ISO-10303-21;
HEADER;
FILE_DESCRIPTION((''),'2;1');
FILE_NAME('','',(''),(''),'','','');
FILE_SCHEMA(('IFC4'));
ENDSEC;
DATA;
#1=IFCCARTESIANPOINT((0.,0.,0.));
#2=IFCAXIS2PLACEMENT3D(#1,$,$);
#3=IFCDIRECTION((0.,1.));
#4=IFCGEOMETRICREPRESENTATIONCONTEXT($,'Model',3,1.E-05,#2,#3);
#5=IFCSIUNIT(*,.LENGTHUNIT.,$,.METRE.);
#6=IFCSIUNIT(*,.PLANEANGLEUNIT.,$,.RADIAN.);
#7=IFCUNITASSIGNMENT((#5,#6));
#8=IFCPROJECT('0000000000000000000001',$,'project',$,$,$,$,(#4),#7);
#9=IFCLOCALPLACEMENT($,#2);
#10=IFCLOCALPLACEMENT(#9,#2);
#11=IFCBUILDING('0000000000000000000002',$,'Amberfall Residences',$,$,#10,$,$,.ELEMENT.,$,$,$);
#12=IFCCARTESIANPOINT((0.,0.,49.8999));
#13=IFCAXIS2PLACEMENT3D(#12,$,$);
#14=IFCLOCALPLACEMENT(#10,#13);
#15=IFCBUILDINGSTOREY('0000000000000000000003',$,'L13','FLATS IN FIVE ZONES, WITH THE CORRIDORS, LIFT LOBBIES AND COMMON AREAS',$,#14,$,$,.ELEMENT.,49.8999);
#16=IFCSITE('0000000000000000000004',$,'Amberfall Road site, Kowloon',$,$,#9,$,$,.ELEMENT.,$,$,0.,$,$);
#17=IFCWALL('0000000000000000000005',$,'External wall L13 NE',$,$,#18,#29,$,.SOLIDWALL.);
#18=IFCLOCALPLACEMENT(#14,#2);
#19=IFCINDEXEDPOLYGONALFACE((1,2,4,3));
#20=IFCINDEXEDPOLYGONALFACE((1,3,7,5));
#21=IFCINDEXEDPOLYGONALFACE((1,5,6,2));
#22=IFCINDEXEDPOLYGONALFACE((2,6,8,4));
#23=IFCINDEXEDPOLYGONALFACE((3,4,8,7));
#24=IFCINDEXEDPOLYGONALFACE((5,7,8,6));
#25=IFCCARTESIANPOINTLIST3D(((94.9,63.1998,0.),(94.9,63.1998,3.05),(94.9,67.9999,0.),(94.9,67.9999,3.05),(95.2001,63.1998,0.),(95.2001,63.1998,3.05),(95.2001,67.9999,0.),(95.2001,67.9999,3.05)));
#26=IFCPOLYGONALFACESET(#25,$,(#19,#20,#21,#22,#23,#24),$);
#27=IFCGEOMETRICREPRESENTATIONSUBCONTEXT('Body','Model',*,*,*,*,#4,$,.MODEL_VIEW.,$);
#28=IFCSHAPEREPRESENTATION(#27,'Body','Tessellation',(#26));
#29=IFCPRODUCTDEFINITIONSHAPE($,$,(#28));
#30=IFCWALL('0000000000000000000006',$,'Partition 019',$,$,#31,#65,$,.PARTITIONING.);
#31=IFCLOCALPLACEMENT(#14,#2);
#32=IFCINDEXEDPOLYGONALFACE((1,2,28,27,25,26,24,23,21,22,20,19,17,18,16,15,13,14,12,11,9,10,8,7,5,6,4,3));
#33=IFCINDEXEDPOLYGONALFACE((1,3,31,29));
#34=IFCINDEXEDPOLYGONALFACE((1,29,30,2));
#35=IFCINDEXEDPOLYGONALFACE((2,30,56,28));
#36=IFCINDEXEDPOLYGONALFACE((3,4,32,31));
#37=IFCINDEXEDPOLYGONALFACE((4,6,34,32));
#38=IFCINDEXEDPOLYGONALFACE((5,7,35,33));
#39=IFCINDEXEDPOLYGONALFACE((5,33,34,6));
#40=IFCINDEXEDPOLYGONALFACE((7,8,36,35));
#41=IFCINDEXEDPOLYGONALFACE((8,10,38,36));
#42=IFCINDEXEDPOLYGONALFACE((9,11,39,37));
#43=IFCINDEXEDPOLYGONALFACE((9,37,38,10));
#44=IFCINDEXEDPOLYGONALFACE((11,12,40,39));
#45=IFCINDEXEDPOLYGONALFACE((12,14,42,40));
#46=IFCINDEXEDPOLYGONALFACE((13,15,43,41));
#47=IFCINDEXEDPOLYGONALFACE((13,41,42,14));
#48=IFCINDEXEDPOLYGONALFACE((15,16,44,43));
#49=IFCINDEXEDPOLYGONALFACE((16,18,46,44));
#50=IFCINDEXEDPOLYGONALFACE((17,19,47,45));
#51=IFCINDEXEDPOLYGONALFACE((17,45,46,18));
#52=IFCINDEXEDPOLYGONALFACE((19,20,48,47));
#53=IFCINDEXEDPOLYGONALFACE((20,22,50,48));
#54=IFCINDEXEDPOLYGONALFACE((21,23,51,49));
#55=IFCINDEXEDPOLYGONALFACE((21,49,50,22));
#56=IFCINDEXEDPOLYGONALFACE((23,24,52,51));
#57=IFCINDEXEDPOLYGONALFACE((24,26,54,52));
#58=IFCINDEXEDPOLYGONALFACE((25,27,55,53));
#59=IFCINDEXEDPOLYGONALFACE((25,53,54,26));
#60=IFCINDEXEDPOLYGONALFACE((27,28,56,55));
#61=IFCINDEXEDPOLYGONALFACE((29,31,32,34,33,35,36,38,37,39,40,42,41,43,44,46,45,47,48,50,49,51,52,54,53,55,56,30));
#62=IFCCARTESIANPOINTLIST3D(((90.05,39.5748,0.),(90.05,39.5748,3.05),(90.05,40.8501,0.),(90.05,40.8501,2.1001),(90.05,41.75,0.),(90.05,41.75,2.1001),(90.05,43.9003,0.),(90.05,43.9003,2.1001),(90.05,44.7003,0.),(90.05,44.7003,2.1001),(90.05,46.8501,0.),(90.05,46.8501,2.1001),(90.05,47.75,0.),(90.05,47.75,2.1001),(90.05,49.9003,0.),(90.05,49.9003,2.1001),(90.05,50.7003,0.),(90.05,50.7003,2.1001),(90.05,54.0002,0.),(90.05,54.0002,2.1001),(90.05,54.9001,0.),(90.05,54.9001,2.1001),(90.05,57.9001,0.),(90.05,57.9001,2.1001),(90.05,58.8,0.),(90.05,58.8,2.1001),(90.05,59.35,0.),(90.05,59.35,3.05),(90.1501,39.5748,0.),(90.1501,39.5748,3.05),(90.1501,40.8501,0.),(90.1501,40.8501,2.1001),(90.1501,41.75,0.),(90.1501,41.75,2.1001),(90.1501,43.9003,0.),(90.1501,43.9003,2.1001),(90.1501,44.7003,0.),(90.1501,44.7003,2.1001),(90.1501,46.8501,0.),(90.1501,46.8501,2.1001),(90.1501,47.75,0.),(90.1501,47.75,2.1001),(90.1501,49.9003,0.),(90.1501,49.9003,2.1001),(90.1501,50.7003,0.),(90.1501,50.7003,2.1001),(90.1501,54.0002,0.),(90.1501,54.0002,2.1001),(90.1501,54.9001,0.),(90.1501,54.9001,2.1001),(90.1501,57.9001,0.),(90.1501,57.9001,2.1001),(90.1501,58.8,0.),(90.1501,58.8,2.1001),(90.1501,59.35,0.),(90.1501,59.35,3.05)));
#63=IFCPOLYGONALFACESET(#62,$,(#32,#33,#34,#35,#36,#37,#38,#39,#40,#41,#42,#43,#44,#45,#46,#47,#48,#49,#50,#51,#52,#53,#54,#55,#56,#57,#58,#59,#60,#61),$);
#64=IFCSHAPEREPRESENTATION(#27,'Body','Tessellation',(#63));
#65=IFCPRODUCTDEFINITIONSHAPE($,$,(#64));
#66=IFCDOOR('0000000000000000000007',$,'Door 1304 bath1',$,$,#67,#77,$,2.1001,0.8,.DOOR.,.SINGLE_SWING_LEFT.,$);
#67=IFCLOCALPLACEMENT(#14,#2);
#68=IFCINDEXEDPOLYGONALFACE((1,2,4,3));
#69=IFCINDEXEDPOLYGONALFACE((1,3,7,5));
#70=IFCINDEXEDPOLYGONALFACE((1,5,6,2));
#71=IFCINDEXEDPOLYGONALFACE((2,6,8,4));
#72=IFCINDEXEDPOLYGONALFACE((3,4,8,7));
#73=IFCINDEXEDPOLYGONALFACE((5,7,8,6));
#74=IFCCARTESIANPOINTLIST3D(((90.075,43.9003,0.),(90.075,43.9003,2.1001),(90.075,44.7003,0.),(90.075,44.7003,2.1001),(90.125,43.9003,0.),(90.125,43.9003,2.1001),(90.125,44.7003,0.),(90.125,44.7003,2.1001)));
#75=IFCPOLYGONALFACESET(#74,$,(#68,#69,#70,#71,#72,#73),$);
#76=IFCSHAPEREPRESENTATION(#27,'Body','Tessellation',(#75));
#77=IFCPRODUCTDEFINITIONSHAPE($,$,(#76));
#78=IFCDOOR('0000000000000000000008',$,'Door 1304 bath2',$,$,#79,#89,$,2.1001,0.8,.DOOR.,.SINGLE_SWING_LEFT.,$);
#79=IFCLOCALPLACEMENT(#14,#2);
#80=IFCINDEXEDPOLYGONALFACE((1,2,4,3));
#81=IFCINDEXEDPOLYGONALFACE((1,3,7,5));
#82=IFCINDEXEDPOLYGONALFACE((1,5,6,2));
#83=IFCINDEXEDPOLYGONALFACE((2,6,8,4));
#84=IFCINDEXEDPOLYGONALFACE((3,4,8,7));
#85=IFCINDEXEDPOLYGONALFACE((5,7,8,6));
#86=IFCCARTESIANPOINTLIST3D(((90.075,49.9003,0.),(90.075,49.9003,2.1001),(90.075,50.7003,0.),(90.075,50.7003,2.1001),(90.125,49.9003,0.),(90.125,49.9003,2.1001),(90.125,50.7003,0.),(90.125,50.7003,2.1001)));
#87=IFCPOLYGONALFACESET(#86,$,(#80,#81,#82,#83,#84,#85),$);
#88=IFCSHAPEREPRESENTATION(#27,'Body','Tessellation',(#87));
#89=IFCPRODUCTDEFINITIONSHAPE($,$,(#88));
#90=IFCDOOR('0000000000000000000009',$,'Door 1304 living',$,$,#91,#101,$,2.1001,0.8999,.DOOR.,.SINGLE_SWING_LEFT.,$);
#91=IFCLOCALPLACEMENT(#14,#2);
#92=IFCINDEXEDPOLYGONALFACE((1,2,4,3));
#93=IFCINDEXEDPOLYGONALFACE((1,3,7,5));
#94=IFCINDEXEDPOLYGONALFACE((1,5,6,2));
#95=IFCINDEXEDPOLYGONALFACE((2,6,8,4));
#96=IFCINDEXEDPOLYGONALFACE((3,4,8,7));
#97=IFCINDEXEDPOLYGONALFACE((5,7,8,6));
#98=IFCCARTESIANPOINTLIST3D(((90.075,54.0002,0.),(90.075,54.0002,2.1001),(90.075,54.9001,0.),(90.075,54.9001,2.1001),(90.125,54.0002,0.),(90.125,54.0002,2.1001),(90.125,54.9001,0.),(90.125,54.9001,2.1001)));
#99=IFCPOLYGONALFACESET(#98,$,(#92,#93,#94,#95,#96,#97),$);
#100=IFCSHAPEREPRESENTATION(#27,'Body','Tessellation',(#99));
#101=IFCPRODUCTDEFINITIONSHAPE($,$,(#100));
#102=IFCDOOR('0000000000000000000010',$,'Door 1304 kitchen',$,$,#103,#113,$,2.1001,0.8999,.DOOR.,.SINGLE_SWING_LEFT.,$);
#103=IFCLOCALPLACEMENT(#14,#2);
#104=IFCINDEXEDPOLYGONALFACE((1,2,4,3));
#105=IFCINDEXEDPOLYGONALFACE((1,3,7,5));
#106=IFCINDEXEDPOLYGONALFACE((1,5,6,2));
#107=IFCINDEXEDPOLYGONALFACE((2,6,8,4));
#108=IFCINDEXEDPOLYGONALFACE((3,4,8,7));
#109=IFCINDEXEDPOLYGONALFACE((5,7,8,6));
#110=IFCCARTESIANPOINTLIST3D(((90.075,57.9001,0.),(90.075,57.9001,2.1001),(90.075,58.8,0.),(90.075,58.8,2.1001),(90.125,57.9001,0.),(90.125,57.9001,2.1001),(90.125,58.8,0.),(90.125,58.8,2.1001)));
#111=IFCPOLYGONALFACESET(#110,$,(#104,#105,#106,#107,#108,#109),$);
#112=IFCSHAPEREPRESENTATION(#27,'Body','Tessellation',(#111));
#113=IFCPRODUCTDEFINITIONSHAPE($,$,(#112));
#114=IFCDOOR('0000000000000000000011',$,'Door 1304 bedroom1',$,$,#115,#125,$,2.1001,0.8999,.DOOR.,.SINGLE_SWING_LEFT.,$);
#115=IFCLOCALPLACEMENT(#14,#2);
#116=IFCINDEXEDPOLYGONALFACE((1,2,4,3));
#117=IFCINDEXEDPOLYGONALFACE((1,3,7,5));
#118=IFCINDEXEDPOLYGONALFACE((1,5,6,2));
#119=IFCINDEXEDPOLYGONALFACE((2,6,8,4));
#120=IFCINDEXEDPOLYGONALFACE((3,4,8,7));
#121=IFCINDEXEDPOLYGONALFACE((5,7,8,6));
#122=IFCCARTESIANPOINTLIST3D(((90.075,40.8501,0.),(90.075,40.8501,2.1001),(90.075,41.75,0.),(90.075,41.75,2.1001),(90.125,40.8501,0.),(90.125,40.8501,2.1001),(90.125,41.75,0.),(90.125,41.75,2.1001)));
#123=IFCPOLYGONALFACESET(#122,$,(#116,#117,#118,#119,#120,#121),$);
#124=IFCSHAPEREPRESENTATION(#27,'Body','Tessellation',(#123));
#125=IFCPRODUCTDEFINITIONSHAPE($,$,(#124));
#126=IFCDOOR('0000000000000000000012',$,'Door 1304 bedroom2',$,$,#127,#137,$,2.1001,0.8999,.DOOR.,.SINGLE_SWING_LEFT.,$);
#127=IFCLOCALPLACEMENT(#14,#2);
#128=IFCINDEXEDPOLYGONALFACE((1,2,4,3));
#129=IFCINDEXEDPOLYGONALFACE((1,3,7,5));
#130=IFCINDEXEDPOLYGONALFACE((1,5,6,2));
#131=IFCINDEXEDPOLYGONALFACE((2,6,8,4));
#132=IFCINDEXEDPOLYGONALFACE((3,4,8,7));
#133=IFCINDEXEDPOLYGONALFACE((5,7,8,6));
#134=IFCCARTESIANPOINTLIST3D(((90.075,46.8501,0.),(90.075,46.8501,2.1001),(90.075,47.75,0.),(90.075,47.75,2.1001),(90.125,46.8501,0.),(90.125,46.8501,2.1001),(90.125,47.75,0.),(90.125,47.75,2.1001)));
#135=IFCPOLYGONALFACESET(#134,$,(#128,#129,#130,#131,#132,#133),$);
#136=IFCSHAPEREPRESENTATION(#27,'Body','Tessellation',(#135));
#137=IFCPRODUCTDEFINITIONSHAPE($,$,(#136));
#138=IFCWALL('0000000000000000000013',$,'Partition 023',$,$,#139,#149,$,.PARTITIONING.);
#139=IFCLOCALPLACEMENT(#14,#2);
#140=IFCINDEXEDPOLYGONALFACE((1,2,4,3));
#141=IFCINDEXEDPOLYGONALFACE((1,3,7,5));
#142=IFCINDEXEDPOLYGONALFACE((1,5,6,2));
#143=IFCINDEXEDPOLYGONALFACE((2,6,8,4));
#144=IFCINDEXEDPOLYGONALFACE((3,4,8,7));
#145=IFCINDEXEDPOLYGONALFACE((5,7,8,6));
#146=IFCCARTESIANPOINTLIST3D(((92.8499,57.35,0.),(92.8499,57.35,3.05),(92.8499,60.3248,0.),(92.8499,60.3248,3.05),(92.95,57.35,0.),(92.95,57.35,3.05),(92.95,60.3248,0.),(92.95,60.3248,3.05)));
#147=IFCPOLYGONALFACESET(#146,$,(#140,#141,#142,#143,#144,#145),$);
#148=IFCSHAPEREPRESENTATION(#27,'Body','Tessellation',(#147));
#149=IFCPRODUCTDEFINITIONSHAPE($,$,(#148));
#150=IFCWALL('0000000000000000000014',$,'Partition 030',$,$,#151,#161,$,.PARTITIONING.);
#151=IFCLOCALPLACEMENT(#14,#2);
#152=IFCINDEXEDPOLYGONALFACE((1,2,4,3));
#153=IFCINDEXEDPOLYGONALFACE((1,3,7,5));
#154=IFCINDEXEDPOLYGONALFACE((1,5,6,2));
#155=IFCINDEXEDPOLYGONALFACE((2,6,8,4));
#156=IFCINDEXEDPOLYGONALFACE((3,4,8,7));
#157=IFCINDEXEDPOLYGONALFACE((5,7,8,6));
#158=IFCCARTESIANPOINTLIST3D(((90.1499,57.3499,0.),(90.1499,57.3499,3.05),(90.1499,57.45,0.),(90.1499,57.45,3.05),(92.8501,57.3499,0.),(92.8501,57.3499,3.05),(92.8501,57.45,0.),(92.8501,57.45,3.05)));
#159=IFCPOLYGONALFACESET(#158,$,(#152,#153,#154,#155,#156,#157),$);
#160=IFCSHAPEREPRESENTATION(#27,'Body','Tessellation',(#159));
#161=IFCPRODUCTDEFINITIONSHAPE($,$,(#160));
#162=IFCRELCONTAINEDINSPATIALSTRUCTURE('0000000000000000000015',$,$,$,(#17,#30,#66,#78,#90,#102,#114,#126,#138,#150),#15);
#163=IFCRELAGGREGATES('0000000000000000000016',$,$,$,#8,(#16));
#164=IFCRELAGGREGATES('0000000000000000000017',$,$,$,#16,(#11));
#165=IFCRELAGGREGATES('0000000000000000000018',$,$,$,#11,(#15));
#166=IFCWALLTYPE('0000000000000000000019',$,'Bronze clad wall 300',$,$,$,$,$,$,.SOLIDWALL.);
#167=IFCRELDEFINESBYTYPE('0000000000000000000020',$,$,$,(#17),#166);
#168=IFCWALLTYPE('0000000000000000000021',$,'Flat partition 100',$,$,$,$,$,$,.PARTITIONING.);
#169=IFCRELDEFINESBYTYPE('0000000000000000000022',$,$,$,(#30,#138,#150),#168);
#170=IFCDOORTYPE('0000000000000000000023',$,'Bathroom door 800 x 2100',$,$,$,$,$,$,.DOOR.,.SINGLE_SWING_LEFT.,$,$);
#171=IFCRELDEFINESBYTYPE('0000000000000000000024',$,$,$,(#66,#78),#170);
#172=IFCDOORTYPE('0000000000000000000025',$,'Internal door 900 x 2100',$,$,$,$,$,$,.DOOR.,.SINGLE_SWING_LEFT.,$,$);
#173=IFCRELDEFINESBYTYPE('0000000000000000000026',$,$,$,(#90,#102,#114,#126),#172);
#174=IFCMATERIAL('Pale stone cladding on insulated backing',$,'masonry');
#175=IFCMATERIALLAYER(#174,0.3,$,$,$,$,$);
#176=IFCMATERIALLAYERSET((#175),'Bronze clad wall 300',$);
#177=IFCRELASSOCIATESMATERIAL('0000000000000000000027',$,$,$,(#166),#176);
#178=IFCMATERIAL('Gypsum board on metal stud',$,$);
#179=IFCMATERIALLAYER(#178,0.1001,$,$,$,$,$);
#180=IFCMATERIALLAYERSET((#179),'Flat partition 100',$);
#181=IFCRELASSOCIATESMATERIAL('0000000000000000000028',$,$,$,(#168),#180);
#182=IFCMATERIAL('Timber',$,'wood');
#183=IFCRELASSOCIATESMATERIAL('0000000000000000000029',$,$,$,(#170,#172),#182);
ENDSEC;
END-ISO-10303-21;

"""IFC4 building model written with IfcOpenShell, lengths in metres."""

from ifc_helpers import new_model, si_unit, direction, frame, frame_2d, origin, place, context, subcontext, project, spatial, rectangle, extrude, material, layer, layer_set, type_object, element, fill, save


model = new_model("IFC4")

# Units and contexts
model_context = context("Model", 3, precision=1e-05, world=origin(), true_north=direction((0.0, 1.0)))
body_context = subcontext(model_context, "Body", "Model", "MODEL_VIEW")
ifc_project = project(units=[si_unit("LENGTHUNIT", "METRE"), si_unit("PLANEANGLEUNIT", "RADIAN")], contexts=[model_context])

# Site, building, storey
site_placement = place(None, origin())
site = spatial("IfcSite", under=ifc_project, at=site_placement, Name="Amberfall Road site, Kowloon", CompositionType="ELEMENT", RefElevation=0.0)
building_placement = place(site_placement, origin())
building = spatial("IfcBuilding", under=site, at=building_placement, Name="Amberfall Residences", CompositionType="ELEMENT")
storey_placement = place(building_placement, frame((0.0, 0.0, 49.8999)))
storey = spatial("IfcBuildingStorey", under=building, at=storey_placement, Name="L13", Description="FLATS IN FIVE ZONES, WITH THE CORRIDORS, LIFT LOBBIES AND COMMON AREAS", CompositionType="ELEMENT", Elevation=49.8999)

# Shared definitions
ifc_material_1 = material(Name="Pale stone cladding on insulated backing", Category="masonry")
ifc_layer_1 = layer(ifc_material_1, 0.3)
ifc_layer_set_1 = layer_set([ifc_layer_1], Name="Bronze clad wall 300")
wall_type_1 = type_object("IfcWallType", Name="Bronze clad wall 300", PredefinedType="SOLIDWALL", material=ifc_layer_set_1)

# Wall
wall_1_placement = place(storey_placement, frame((95.05, 63.2, 0.0), z_axis=(0.0, 0.0, 1.0), x_axis=(0.0, 1.0, 0.0)))
element("IfcWall", 1, at=wall_1_placement, inside=storey, type_object=wall_type_1, Name="External wall L13 NE", PredefinedType="SOLIDWALL", context=body_context, shape_type="SweptSolid", body=[
    extrude(rectangle(XDim=4.8, YDim=0.3, at=frame_2d((2.3999, 0.0))), origin(), (0.0, 0.0, 1.0), 3.05),
])

# Wall, openings, doors
ifc_material_2 = material(Name="Gypsum board on metal stud")
ifc_layer_2 = layer(ifc_material_2, 0.1001)
ifc_layer_set_2 = layer_set([ifc_layer_2], Name="Flat partition 100")
wall_type_2 = type_object("IfcWallType", Name="Flat partition 100", PredefinedType="PARTITIONING", material=ifc_layer_set_2)
wall_2_placement = place(storey_placement, frame((90.1001, 59.3501, 0.0), z_axis=(0.0, 0.0, 1.0), x_axis=(0.0, -1.0, 0.0)))
wall_2 = element("IfcWall", 2, at=wall_2_placement, inside=storey, type_object=wall_type_2, Name="Partition 019", PredefinedType="PARTITIONING", context=body_context, shape_type="SweptSolid", body=[
    extrude(rectangle(XDim=19.7751, YDim=0.1001, at=frame_2d((9.8877, 0.0))), origin(), (0.0, 0.0, 1.0), 3.05),
])
opening_1_placement = place(wall_2_placement, frame((4.45, 0.0, 0.0)))
opening_1 = element("IfcOpeningElement", 3, at=opening_1_placement, cuts=wall_2, PredefinedType="OPENING", context=body_context, shape_type="SweptSolid", body=[
    extrude(rectangle(XDim=0.8999, YDim=2.1001, at=frame_2d((0.45, 1.05))), frame((0.0, 0.0601, 0.0), z_axis=(0.0, -1.0, 0.0), x_axis=(1.0, 0.0, 0.0)), (0.0, 0.0, 1.0), 0.1201),
])
opening_2_placement = place(wall_2_placement, frame((0.55, 0.0, 0.0)))
opening_2 = element("IfcOpeningElement", 4, at=opening_2_placement, cuts=wall_2, PredefinedType="OPENING", context=body_context, shape_type="SweptSolid", body=[
    extrude(rectangle(XDim=0.8999, YDim=2.1001, at=frame_2d((0.45, 1.05))), frame((0.0, 0.0601, 0.0), z_axis=(0.0, -1.0, 0.0), x_axis=(1.0, 0.0, 0.0)), (0.0, 0.0, 1.0), 0.1201),
])
opening_3_placement = place(wall_2_placement, frame((17.6001, 0.0, 0.0)))
opening_3 = element("IfcOpeningElement", 5, at=opening_3_placement, cuts=wall_2, PredefinedType="OPENING", context=body_context, shape_type="SweptSolid", body=[
    extrude(rectangle(XDim=0.8999, YDim=2.1001, at=frame_2d((0.45, 1.05))), frame((0.0, 0.0601, 0.0), z_axis=(0.0, -1.0, 0.0), x_axis=(1.0, 0.0, 0.0)), (0.0, 0.0, 1.0), 0.1201),
])
opening_4_placement = place(wall_2_placement, frame((11.6001, 0.0, 0.0)))
opening_4 = element("IfcOpeningElement", 6, at=opening_4_placement, cuts=wall_2, PredefinedType="OPENING", context=body_context, shape_type="SweptSolid", body=[
    extrude(rectangle(XDim=0.8999, YDim=2.1001, at=frame_2d((0.45, 1.05))), frame((0.0, 0.0601, 0.0), z_axis=(0.0, -1.0, 0.0), x_axis=(1.0, 0.0, 0.0)), (0.0, 0.0, 1.0), 0.1201),
])
opening_5_placement = place(wall_2_placement, frame((14.6499, 0.0, 0.0)))
opening_5 = element("IfcOpeningElement", 7, at=opening_5_placement, cuts=wall_2, PredefinedType="OPENING", context=body_context, shape_type="SweptSolid", body=[
    extrude(rectangle(XDim=0.8, YDim=2.1001, at=frame_2d((0.3999, 1.05))), frame((0.0, 0.0601, 0.0), z_axis=(0.0, -1.0, 0.0), x_axis=(1.0, 0.0, 0.0)), (0.0, 0.0, 1.0), 0.1201),
])
opening_6_placement = place(wall_2_placement, frame((8.6499, 0.0, 0.0)))
opening_6 = element("IfcOpeningElement", 8, at=opening_6_placement, cuts=wall_2, PredefinedType="OPENING", context=body_context, shape_type="SweptSolid", body=[
    extrude(rectangle(XDim=0.8, YDim=2.1001, at=frame_2d((0.3999, 1.05))), frame((0.0, 0.0601, 0.0), z_axis=(0.0, -1.0, 0.0), x_axis=(1.0, 0.0, 0.0)), (0.0, 0.0, 1.0), 0.1201),
])
ifc_material_3 = material(Name="Timber", Category="wood")
door_type_1 = type_object("IfcDoorType", Name="Bathroom door 800 x 2100", OperationType="SINGLE_SWING_LEFT", PredefinedType="DOOR", material=ifc_material_3)
door_1_placement = place(opening_5_placement, origin())
door_1 = element("IfcDoor", 9, at=door_1_placement, inside=storey, type_object=door_type_1, Name="Door 1304 bath1", OperationType="SINGLE_SWING_LEFT", OverallHeight=2.1001, OverallWidth=0.8, PredefinedType="DOOR", context=body_context, shape_type="SweptSolid", body=[
    extrude(rectangle(XDim=0.8, YDim=2.1001, at=frame_2d((0.3999, 1.05))), frame((0.0, 0.0249, 0.0), z_axis=(0.0, -1.0, 0.0), x_axis=(1.0, 0.0, 0.0)), (0.0, 0.0, 1.0), 0.05),
])
fill(opening_5, door_1)
door_2_placement = place(opening_6_placement, origin())
door_2 = element("IfcDoor", 10, at=door_2_placement, inside=storey, type_object=door_type_1, Name="Door 1304 bath2", OperationType="SINGLE_SWING_LEFT", OverallHeight=2.1001, OverallWidth=0.8, PredefinedType="DOOR", context=body_context, shape_type="SweptSolid", body=[
    extrude(rectangle(XDim=0.8, YDim=2.1001, at=frame_2d((0.3999, 1.05))), frame((0.0, 0.0249, 0.0), z_axis=(0.0, -1.0, 0.0), x_axis=(1.0, 0.0, 0.0)), (0.0, 0.0, 1.0), 0.05),
])
fill(opening_6, door_2)
door_type_2 = type_object("IfcDoorType", Name="Internal door 900 x 2100", OperationType="SINGLE_SWING_LEFT", PredefinedType="DOOR", material=ifc_material_3)
door_3_placement = place(opening_1_placement, origin())
door_3 = element("IfcDoor", 11, at=door_3_placement, inside=storey, type_object=door_type_2, Name="Door 1304 living", OperationType="SINGLE_SWING_LEFT", OverallHeight=2.1001, OverallWidth=0.8999, PredefinedType="DOOR", context=body_context, shape_type="SweptSolid", body=[
    extrude(rectangle(XDim=0.8999, YDim=2.1001, at=frame_2d((0.45, 1.05))), frame((0.0, 0.0249, 0.0), z_axis=(0.0, -1.0, 0.0), x_axis=(1.0, 0.0, 0.0)), (0.0, 0.0, 1.0), 0.05),
])
fill(opening_1, door_3)
door_4_placement = place(opening_2_placement, origin())
door_4 = element("IfcDoor", 12, at=door_4_placement, inside=storey, type_object=door_type_2, Name="Door 1304 kitchen", OperationType="SINGLE_SWING_LEFT", OverallHeight=2.1001, OverallWidth=0.8999, PredefinedType="DOOR", context=body_context, shape_type="SweptSolid", body=[
    extrude(rectangle(XDim=0.8999, YDim=2.1001, at=frame_2d((0.45, 1.05))), frame((0.0, 0.0249, 0.0), z_axis=(0.0, -1.0, 0.0), x_axis=(1.0, 0.0, 0.0)), (0.0, 0.0, 1.0), 0.05),
])
fill(opening_2, door_4)
door_5_placement = place(opening_3_placement, origin())
door_5 = element("IfcDoor", 13, at=door_5_placement, inside=storey, type_object=door_type_2, Name="Door 1304 bedroom1", OperationType="SINGLE_SWING_LEFT", OverallHeight=2.1001, OverallWidth=0.8999, PredefinedType="DOOR", context=body_context, shape_type="SweptSolid", body=[
    extrude(rectangle(XDim=0.8999, YDim=2.1001, at=frame_2d((0.45, 1.05))), frame((0.0, 0.0249, 0.0), z_axis=(0.0, -1.0, 0.0), x_axis=(1.0, 0.0, 0.0)), (0.0, 0.0, 1.0), 0.05),
])
fill(opening_3, door_5)
door_6_placement = place(opening_4_placement, origin())
door_6 = element("IfcDoor", 14, at=door_6_placement, inside=storey, type_object=door_type_2, Name="Door 1304 bedroom2", OperationType="SINGLE_SWING_LEFT", OverallHeight=2.1001, OverallWidth=0.8999, PredefinedType="DOOR", context=body_context, shape_type="SweptSolid", body=[
    extrude(rectangle(XDim=0.8999, YDim=2.1001, at=frame_2d((0.45, 1.05))), frame((0.0, 0.0249, 0.0), z_axis=(0.0, -1.0, 0.0), x_axis=(1.0, 0.0, 0.0)), (0.0, 0.0, 1.0), 0.05),
])
fill(opening_4, door_6)

# Walls
wall_3_placement = place(storey_placement, frame((92.8999, 57.3501, 0.0), z_axis=(0.0, 0.0, 1.0), x_axis=(0.0, 1.0, 0.0)))
element("IfcWall", 15, at=wall_3_placement, inside=storey, type_object=wall_type_2, Name="Partition 023", PredefinedType="PARTITIONING", context=body_context, shape_type="SweptSolid", body=[
    extrude(rectangle(XDim=2.9749, YDim=0.1001, at=frame_2d((1.4873, 0.0))), origin(), (0.0, 0.0, 1.0), 3.05),
])
wall_4_placement = place(storey_placement, frame((90.1499, 57.3999, 0.0), z_axis=(0.0, 0.0, 1.0), x_axis=(1.0, 0.0, 0.0)))
element("IfcWall", 16, at=wall_4_placement, inside=storey, type_object=wall_type_2, Name="Partition 030", PredefinedType="PARTITIONING", context=body_context, shape_type="SweptSolid", body=[
    extrude(rectangle(XDim=2.7002, YDim=0.1001, at=frame_2d((1.3501, 0.0))), origin(), (0.0, 0.0, 1.0), 3.05),
])

save(model, "model.ifc")
